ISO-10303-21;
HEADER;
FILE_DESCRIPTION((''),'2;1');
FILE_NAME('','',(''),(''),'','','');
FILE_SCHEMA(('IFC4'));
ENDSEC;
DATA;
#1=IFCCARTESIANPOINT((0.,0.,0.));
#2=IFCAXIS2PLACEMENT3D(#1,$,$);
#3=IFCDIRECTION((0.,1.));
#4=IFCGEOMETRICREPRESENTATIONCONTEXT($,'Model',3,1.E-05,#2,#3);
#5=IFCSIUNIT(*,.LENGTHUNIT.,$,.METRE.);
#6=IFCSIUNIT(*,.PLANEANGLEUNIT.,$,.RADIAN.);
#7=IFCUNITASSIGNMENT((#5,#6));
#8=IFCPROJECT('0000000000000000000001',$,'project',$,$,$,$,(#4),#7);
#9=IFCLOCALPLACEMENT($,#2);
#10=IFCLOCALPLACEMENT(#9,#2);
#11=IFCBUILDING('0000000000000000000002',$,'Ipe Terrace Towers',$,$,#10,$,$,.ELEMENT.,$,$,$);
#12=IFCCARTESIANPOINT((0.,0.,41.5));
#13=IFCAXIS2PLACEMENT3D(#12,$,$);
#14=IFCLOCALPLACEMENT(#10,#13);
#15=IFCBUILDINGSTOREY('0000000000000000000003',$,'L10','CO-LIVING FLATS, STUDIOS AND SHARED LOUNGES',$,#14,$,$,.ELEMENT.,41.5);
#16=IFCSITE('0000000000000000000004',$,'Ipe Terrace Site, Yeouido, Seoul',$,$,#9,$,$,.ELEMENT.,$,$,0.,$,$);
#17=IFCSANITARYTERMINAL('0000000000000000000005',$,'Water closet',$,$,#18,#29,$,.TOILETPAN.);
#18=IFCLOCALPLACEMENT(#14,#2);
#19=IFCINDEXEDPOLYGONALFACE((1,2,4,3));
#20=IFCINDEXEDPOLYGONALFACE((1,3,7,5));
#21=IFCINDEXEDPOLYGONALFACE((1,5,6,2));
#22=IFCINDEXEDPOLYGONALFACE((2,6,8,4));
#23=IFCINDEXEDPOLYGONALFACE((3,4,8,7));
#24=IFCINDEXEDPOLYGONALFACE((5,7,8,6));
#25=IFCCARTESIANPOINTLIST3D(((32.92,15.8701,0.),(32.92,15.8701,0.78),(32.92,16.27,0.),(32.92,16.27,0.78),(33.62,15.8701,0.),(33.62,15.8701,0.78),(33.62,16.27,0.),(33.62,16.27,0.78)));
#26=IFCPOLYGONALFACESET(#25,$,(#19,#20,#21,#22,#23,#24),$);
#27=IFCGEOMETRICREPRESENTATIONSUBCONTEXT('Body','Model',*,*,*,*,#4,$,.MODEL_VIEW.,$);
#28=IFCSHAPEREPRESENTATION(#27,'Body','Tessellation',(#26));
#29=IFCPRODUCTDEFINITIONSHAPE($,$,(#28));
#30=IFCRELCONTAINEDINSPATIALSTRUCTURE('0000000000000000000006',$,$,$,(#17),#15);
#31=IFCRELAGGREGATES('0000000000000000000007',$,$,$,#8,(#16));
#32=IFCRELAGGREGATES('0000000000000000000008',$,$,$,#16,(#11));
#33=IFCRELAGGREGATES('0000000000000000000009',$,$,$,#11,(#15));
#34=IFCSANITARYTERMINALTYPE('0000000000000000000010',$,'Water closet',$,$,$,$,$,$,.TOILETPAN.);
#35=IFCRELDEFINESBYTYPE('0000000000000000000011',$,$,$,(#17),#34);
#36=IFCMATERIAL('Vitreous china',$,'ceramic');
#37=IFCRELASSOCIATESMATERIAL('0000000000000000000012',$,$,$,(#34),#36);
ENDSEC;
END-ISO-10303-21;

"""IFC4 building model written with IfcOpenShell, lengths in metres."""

from ifc_helpers import new_model, si_unit, direction, frame, origin, origin_2d, place, context, subcontext, project, spatial, rectangle, extrude, material, type_object, element, save


model = new_model("IFC4")

# Units and contexts
model_context = context("Model", 3, precision=1e-05, world=origin(), true_north=direction((0.0, 1.0)))
body_context = subcontext(model_context, "Body", "Model", "MODEL_VIEW")
ifc_project = project(units=[si_unit("LENGTHUNIT", "METRE"), si_unit("PLANEANGLEUNIT", "RADIAN")], contexts=[model_context])

# Site, building, storey
site_placement = place(None, origin())
site = spatial("IfcSite", under=ifc_project, at=site_placement, Name="Ipe Terrace Site, Yeouido, Seoul", CompositionType="ELEMENT", RefElevation=0.0)
building_placement = place(site_placement, origin())
building = spatial("IfcBuilding", under=site, at=building_placement, Name="Ipe Terrace Towers", CompositionType="ELEMENT")
storey_placement = place(building_placement, frame((0.0, 0.0, 41.5)))
storey = spatial("IfcBuildingStorey", under=building, at=storey_placement, Name="L10", Description="CO-LIVING FLATS, STUDIOS AND SHARED LOUNGES", CompositionType="ELEMENT", Elevation=41.5)

# Sanitary terminal
ifc_material_1 = material(Name="Vitreous china", Category="ceramic")
sanitary_terminal_type_1 = type_object("IfcSanitaryTerminalType", Name="Water closet", PredefinedType="TOILETPAN", material=ifc_material_1)
sanitary_terminal_1_placement = place(storey_placement, frame((33.27, 16.0701, 0.0), z_axis=(0.0, 0.0, 1.0), x_axis=(1.0, 0.0, 0.0)))
element("IfcSanitaryTerminal", 1, at=sanitary_terminal_1_placement, inside=storey, type_object=sanitary_terminal_type_1, Name="Water closet", PredefinedType="TOILETPAN", context=body_context, shape_type="SweptSolid", body=[
    extrude(rectangle(XDim=0.7, YDim=0.3999, at=origin_2d()), origin(), (0.0, 0.0, 1.0), 0.78),
])

save(model, "model.ifc")
